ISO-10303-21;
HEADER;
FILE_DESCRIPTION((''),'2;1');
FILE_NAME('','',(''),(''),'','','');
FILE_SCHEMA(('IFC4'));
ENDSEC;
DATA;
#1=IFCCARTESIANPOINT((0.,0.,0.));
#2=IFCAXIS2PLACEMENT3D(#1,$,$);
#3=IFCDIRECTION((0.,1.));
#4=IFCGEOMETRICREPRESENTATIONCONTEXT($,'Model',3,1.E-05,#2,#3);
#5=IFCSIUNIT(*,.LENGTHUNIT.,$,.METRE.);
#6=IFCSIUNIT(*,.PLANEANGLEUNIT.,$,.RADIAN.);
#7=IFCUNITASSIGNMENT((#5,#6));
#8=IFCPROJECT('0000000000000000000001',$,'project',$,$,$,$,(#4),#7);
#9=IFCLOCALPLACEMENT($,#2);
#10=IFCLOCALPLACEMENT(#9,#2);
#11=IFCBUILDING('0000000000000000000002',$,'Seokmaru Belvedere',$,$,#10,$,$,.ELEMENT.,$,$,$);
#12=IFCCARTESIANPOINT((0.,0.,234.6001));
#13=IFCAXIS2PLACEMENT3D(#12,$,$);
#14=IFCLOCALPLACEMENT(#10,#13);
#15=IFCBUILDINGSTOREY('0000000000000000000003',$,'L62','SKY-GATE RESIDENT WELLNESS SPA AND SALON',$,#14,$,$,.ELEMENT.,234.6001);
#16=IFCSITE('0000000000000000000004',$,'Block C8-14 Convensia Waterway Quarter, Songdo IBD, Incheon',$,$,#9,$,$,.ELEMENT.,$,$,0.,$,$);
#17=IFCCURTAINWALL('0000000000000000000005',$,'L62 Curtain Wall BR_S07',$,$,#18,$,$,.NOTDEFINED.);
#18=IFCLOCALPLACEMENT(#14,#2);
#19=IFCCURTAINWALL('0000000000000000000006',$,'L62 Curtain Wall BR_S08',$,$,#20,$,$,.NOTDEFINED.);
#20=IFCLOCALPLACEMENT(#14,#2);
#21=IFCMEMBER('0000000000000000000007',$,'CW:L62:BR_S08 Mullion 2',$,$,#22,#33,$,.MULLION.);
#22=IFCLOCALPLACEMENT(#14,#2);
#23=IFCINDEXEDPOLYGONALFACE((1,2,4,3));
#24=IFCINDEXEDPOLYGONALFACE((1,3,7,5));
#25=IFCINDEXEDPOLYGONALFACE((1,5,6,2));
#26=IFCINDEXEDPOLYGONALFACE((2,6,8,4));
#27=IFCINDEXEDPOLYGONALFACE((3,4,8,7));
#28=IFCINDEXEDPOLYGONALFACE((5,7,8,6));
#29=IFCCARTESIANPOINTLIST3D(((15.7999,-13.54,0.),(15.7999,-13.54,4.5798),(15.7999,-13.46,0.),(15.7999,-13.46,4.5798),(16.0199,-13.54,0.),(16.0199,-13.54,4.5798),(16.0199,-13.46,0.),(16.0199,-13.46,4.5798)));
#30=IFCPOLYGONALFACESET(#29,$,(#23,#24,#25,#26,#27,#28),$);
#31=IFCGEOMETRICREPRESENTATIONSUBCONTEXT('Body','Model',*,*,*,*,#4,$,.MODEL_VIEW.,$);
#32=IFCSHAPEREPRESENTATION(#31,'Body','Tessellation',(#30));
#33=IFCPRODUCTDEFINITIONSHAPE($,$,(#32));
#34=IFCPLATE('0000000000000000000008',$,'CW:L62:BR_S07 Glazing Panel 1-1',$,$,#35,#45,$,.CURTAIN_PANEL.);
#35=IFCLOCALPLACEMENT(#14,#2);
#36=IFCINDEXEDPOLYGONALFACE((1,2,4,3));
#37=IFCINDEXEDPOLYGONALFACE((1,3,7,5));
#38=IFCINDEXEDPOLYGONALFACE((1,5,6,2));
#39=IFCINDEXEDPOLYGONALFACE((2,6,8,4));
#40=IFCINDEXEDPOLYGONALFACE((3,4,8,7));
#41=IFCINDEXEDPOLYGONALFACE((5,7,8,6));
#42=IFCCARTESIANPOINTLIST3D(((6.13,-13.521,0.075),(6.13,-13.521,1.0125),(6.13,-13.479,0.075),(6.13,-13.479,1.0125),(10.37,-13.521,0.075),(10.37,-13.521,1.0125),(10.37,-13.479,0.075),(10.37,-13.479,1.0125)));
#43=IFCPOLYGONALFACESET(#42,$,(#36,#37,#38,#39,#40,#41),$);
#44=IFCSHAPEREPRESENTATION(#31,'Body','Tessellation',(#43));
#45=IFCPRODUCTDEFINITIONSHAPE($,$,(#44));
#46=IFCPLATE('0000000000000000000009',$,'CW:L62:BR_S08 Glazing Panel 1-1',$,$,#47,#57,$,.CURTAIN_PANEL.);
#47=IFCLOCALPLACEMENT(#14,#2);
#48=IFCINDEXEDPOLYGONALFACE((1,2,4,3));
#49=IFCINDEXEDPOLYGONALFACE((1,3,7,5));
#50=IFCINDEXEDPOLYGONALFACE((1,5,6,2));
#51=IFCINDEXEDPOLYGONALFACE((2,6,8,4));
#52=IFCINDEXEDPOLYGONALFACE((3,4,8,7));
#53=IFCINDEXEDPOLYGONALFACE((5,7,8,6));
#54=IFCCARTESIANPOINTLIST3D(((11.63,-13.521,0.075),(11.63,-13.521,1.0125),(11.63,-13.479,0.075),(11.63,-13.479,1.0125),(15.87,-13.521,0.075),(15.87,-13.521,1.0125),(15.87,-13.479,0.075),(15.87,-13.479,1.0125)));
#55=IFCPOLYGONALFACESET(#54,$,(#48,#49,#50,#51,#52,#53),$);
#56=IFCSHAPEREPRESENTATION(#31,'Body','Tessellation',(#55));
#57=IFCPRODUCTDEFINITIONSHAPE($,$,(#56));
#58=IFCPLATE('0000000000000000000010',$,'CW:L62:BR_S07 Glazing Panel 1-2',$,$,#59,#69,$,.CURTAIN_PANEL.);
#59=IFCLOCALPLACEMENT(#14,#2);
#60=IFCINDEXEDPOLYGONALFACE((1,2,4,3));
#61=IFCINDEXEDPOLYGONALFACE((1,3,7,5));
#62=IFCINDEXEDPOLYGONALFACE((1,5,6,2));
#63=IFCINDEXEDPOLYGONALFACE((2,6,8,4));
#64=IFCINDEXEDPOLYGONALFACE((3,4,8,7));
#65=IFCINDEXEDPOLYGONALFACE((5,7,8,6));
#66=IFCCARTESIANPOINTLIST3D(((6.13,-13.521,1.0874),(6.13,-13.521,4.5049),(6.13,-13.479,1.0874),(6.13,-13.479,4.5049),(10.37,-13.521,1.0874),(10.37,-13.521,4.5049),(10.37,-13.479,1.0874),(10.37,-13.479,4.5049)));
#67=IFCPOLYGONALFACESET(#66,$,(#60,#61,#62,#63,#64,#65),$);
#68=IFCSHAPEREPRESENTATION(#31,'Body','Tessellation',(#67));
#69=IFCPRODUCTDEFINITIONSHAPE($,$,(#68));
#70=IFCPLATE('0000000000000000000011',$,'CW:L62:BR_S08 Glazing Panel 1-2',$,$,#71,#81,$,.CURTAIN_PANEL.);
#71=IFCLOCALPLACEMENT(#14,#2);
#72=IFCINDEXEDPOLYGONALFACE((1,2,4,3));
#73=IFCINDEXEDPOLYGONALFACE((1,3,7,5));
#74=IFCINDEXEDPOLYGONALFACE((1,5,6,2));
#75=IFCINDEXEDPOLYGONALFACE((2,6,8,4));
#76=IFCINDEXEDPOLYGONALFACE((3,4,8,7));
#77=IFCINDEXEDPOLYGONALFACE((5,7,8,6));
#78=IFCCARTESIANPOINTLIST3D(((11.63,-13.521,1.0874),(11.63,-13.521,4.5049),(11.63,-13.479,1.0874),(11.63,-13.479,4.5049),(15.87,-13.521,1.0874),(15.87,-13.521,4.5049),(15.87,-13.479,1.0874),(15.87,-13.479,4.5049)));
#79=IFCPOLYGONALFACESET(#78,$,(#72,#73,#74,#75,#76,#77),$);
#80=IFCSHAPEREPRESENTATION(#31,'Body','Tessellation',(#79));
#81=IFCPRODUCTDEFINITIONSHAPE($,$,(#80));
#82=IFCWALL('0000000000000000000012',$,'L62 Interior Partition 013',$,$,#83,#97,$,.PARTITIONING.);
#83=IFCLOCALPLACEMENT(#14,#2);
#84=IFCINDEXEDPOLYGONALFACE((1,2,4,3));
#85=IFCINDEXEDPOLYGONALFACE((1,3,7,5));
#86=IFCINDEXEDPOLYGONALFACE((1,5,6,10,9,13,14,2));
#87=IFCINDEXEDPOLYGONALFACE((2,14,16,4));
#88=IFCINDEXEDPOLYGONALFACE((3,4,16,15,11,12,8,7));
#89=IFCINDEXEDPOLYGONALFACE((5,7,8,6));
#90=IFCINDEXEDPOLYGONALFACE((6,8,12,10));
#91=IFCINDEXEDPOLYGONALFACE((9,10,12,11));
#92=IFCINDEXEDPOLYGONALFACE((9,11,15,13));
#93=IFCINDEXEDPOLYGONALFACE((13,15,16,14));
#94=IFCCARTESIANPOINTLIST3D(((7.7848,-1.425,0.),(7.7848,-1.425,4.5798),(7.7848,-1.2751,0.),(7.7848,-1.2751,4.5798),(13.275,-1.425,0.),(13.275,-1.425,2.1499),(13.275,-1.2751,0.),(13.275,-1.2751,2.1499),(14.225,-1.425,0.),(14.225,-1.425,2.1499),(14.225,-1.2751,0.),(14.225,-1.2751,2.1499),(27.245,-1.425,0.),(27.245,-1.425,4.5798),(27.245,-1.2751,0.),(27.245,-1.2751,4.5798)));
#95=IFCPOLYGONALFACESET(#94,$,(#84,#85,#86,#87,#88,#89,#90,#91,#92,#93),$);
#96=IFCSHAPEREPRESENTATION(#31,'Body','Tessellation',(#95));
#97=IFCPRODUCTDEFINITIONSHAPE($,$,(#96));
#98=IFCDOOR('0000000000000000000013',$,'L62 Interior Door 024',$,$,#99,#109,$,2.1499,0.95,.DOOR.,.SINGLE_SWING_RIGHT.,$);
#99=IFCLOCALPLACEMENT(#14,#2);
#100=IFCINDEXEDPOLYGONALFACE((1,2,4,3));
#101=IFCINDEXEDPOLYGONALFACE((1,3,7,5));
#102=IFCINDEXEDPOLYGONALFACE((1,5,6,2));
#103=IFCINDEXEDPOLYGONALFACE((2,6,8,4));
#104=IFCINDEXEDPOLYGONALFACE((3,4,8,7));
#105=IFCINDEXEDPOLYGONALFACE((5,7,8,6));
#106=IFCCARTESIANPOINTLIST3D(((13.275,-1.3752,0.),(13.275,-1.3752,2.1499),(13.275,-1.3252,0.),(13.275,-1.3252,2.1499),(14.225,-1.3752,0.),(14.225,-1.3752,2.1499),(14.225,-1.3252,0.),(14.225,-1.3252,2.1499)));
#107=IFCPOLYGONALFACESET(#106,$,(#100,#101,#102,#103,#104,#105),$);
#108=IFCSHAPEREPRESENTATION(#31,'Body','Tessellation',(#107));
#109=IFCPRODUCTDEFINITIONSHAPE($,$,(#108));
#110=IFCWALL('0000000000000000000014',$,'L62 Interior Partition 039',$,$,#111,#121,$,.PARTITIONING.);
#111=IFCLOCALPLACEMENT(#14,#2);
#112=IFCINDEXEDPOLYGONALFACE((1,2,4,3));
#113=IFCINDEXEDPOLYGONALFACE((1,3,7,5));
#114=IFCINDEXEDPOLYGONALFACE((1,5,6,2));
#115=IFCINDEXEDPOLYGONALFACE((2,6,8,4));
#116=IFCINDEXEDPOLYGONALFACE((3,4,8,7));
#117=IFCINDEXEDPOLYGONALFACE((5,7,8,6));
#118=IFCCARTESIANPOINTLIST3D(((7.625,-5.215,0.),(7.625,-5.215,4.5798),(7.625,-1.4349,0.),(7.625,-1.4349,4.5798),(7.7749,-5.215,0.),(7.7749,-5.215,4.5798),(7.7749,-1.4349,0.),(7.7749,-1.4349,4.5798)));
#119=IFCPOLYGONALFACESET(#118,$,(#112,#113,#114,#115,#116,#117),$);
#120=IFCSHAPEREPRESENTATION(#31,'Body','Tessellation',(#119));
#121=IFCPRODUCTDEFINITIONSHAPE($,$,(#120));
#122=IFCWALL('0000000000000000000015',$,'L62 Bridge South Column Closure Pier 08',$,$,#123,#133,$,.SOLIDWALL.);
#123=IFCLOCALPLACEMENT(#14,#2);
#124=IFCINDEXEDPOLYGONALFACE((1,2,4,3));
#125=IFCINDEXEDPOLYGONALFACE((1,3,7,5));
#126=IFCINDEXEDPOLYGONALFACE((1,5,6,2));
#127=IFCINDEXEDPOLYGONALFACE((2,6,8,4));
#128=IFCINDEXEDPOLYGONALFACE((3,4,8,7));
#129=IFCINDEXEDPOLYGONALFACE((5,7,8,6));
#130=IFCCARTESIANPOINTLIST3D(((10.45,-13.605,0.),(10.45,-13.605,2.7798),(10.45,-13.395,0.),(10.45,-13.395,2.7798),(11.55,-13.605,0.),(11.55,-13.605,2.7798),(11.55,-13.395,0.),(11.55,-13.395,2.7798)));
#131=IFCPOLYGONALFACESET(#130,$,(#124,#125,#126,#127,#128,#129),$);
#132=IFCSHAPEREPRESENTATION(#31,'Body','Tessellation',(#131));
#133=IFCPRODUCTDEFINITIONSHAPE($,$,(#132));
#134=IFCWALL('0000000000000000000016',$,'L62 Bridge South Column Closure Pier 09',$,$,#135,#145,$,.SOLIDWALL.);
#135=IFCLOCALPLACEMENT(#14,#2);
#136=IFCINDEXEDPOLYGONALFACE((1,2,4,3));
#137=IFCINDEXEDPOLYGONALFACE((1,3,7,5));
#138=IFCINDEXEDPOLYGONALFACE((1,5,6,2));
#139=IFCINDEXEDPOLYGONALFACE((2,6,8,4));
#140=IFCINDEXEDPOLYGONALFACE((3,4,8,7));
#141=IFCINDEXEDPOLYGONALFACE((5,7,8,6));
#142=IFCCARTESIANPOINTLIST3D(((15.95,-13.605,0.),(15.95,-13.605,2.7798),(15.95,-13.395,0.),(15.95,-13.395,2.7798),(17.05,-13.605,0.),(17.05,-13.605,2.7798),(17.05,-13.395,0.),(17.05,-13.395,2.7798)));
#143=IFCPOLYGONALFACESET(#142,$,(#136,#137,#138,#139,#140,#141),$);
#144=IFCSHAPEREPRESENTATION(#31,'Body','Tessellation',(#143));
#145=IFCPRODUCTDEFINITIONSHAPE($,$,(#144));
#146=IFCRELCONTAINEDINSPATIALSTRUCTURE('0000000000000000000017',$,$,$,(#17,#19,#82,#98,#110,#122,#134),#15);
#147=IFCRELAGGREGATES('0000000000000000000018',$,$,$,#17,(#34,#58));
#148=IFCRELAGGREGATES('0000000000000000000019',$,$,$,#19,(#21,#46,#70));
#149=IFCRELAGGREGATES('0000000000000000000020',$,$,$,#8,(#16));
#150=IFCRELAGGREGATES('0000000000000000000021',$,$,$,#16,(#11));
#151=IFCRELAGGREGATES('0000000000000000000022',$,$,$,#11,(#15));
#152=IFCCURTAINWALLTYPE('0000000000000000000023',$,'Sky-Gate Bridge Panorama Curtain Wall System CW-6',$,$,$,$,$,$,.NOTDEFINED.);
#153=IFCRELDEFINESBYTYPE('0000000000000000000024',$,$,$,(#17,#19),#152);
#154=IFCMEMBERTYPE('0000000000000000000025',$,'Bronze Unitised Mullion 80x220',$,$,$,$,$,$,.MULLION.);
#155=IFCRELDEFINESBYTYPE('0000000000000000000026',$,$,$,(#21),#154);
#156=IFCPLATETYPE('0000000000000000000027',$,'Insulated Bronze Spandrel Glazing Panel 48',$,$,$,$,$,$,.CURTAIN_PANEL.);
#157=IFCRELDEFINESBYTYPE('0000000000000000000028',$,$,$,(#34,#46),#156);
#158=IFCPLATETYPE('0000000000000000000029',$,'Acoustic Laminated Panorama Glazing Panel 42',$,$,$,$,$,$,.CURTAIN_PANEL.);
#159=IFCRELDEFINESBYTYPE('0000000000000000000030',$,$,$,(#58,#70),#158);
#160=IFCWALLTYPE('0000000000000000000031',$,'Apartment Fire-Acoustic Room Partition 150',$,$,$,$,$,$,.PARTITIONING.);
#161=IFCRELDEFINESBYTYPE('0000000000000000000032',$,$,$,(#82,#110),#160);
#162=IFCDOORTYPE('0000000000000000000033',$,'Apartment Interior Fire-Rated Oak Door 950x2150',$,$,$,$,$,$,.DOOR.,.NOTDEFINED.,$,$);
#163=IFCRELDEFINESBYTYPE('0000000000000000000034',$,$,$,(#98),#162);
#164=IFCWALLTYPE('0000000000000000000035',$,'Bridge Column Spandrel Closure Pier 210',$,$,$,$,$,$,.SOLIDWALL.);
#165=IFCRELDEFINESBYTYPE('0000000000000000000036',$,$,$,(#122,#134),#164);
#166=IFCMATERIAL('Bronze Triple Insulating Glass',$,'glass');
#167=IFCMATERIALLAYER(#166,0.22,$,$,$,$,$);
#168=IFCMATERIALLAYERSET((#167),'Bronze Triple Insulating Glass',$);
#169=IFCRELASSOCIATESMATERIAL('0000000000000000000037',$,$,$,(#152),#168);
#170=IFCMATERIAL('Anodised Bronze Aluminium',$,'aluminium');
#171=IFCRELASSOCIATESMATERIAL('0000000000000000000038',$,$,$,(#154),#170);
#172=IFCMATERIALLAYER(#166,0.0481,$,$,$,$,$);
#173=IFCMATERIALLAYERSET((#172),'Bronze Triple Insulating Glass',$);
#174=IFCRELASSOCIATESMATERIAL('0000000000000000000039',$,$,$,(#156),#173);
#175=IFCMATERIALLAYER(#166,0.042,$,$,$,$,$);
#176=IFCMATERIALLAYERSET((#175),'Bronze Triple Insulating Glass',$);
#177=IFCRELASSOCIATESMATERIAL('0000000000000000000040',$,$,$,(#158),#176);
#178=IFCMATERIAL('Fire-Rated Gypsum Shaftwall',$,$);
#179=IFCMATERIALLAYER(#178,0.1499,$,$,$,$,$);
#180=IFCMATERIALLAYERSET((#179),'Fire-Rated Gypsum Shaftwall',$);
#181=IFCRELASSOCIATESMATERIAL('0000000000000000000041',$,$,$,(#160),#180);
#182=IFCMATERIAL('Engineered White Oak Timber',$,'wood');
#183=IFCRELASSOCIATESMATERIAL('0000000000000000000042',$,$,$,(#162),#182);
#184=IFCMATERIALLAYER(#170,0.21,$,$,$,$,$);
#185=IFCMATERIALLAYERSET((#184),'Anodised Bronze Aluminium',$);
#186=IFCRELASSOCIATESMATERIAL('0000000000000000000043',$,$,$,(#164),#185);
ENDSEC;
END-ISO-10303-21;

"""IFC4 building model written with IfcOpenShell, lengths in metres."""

from ifc_helpers import new_model, si_unit, direction, frame, frame_2d, origin, origin_2d, place, context, subcontext, project, spatial, rectangle, extrude, source, transform, mapped, material, layer, layer_set, material_profile, profile_set, type_object, type_shapes, element, fill, aggregate, save


model = new_model("IFC4")

# Units and contexts
model_context = context("Model", 3, precision=1e-05, world=origin(), true_north=direction((0.0, 1.0)))
body_context = subcontext(model_context, "Body", "Model", "MODEL_VIEW")
ifc_project = project(units=[si_unit("LENGTHUNIT", "METRE"), si_unit("PLANEANGLEUNIT", "RADIAN")], contexts=[model_context])

# Site, building, storey
site_placement = place(None, origin())
site = spatial("IfcSite", under=ifc_project, at=site_placement, Name="Block C8-14 Convensia Waterway Quarter, Songdo IBD, Incheon", CompositionType="ELEMENT", RefElevation=0.0)
building_placement = place(site_placement, origin())
building = spatial("IfcBuilding", under=site, at=building_placement, Name="Seokmaru Belvedere", CompositionType="ELEMENT")
storey_placement = place(building_placement, frame((0.0, 0.0, 234.6001)))
storey = spatial("IfcBuildingStorey", under=building, at=storey_placement, Name="L62", Description="SKY-GATE RESIDENT WELLNESS SPA AND SALON", CompositionType="ELEMENT", Elevation=234.6001)

# Curtain wall
ifc_material_1 = material(Name="Bronze Triple Insulating Glass", Category="glass")
ifc_layer_1 = layer(ifc_material_1, 0.22)
ifc_layer_set_1 = layer_set([ifc_layer_1], Name="Bronze Triple Insulating Glass")
curtain_wall_type = type_object("IfcCurtainWallType", Name="Sky-Gate Bridge Panorama Curtain Wall System CW-6", PredefinedType="NOTDEFINED", material=ifc_layer_set_1)
curtain_wall_1_placement = place(storey_placement, origin())
curtain_wall_1 = element("IfcCurtainWall", 1, at=curtain_wall_1_placement, inside=storey, type_object=curtain_wall_type, Name="L62 Curtain Wall BR_S07", PredefinedType="NOTDEFINED")
ifc_material_2 = material(Name="Anodised Bronze Aluminium", Category="aluminium")

# Curtain wall
curtain_wall_2_placement = place(storey_placement, origin())
curtain_wall_2 = element("IfcCurtainWall", 2, at=curtain_wall_2_placement, inside=storey, type_object=curtain_wall_type, Name="L62 Curtain Wall BR_S08", PredefinedType="NOTDEFINED")

# Member
ifc_material_profile_1 = material_profile(ifc_material_2, rectangle(XDim=0.0801, YDim=0.22, at=origin_2d()), Name="CW-M-80x220")
ifc_profile_set_1 = profile_set([ifc_material_profile_1], Name="Anodised Bronze Aluminium")
member_type_1 = type_object("IfcMemberType", Name="Bronze Unitised Mullion 80x220", PredefinedType="MULLION", material=ifc_profile_set_1)
shared_shape_1 = source(origin(), body_context, "Body", "SweptSolid", [
    extrude(rectangle(XDim=0.0801, YDim=0.22, at=origin_2d()), origin(), (0.0, 0.0, 1.0), 4.5798),
])
type_shapes(member_type_1, [shared_shape_1])
member_1_placement = place(storey_placement, frame((15.9099, -13.5, 0.0), z_axis=(0.0, 0.0, 1.0), x_axis=(0.0, 1.0, 0.0)))
member_1 = element("IfcMember", 3, at=member_1_placement, type_object=member_type_1, Name="CW:L62:BR_S08 Mullion 2", PredefinedType="MULLION", context=body_context, shape_type="MappedRepresentation", body=[
    mapped(shared_shape_1, transform((0.0, 0.0, 0.0), scale=1.0)),
])

# Plates
ifc_layer_2 = layer(ifc_material_1, 0.0481)
ifc_layer_set_2 = layer_set([ifc_layer_2], Name="Bronze Triple Insulating Glass")
plate_type_1 = type_object("IfcPlateType", Name="Insulated Bronze Spandrel Glazing Panel 48", PredefinedType="CURTAIN_PANEL", material=ifc_layer_set_2)
shared_shape_2 = source(origin(), body_context, "Body", "SweptSolid", [
    extrude(rectangle(XDim=4.24, YDim=0.042, at=origin_2d()), origin(), (0.0, 0.0, 1.0), 0.9375),
])
type_shapes(plate_type_1, [shared_shape_2])
plate_1_placement = place(storey_placement, frame((8.25, -13.5, 0.075), z_axis=(0.0, 0.0, 1.0), x_axis=(1.0, 0.0, 0.0)))
plate_1 = element("IfcPlate", 4, at=plate_1_placement, type_object=plate_type_1, Name="CW:L62:BR_S07 Glazing Panel 1-1", PredefinedType="CURTAIN_PANEL", context=body_context, shape_type="MappedRepresentation", body=[
    mapped(shared_shape_2, transform((0.0, 0.0, 0.0), scale=1.0)),
])
plate_2_placement = place(storey_placement, frame((13.75, -13.5, 0.075), z_axis=(0.0, 0.0, 1.0), x_axis=(1.0, 0.0, 0.0)))
plate_2 = element("IfcPlate", 5, at=plate_2_placement, type_object=plate_type_1, Name="CW:L62:BR_S08 Glazing Panel 1-1", PredefinedType="CURTAIN_PANEL", context=body_context, shape_type="MappedRepresentation", body=[
    mapped(shared_shape_2, transform((0.0, 0.0, 0.0), scale=1.0)),
])
ifc_layer_3 = layer(ifc_material_1, 0.042)
ifc_layer_set_3 = layer_set([ifc_layer_3], Name="Bronze Triple Insulating Glass")
plate_type_2 = type_object("IfcPlateType", Name="Acoustic Laminated Panorama Glazing Panel 42", PredefinedType="CURTAIN_PANEL", material=ifc_layer_set_3)
shared_shape_3 = source(origin(), body_context, "Body", "SweptSolid", [
    extrude(rectangle(XDim=4.24, YDim=0.042, at=origin_2d()), origin(), (0.0, 0.0, 1.0), 3.4175),
])
type_shapes(plate_type_2, [shared_shape_3])
plate_3_placement = place(storey_placement, frame((8.25, -13.5, 1.0874), z_axis=(0.0, 0.0, 1.0), x_axis=(1.0, 0.0, 0.0)))
plate_3 = element("IfcPlate", 6, at=plate_3_placement, type_object=plate_type_2, Name="CW:L62:BR_S07 Glazing Panel 1-2", PredefinedType="CURTAIN_PANEL", context=body_context, shape_type="MappedRepresentation", body=[
    mapped(shared_shape_3, transform((0.0, 0.0, 0.0), scale=1.0)),
])
aggregate(curtain_wall_1, [plate_1, plate_3])
plate_4_placement = place(storey_placement, frame((13.75, -13.5, 1.0874), z_axis=(0.0, 0.0, 1.0), x_axis=(1.0, 0.0, 0.0)))
plate_4 = element("IfcPlate", 7, at=plate_4_placement, type_object=plate_type_2, Name="CW:L62:BR_S08 Glazing Panel 1-2", PredefinedType="CURTAIN_PANEL", context=body_context, shape_type="MappedRepresentation", body=[
    mapped(shared_shape_3, transform((0.0, 0.0, 0.0), scale=1.0)),
])
aggregate(curtain_wall_2, [member_1, plate_2, plate_4])

# Wall, opening, door
ifc_material_3 = material(Name="Fire-Rated Gypsum Shaftwall")
ifc_layer_4 = layer(ifc_material_3, 0.1499)
ifc_layer_set_4 = layer_set([ifc_layer_4], Name="Fire-Rated Gypsum Shaftwall")
wall_type_1 = type_object("IfcWallType", Name="Apartment Fire-Acoustic Room Partition 150", PredefinedType="PARTITIONING", material=ifc_layer_set_4)
wall_1_placement = place(storey_placement, frame((7.7849, -1.3501, 0.0), z_axis=(0.0, 0.0, 1.0), x_axis=(1.0, 0.0, 0.0)))
wall_1 = element("IfcWall", 8, at=wall_1_placement, inside=storey, type_object=wall_type_1, Name="L62 Interior Partition 013", PredefinedType="PARTITIONING", context=body_context, shape_type="SweptSolid", body=[
    extrude(rectangle(XDim=19.4602, YDim=0.1499, at=frame_2d((9.73, 0.0))), origin(), (0.0, 0.0, 1.0), 4.5798),
])
opening_placement = place(wall_1_placement, frame((5.49, 0.0, 0.0)))
opening = element("IfcOpeningElement", 9, at=opening_placement, cuts=wall_1, PredefinedType="OPENING", context=body_context, shape_type="SweptSolid", body=[
    extrude(rectangle(XDim=0.95, YDim=2.1499, at=frame_2d((0.4751, 1.075))), frame((0.0, 0.085, 0.0), z_axis=(0.0, -1.0, 0.0), x_axis=(1.0, 0.0, 0.0)), (0.0, 0.0, 1.0), 0.1699),
])
ifc_material_4 = material(Name="Engineered White Oak Timber", Category="wood")
door_type = type_object("IfcDoorType", Name="Apartment Interior Fire-Rated Oak Door 950x2150", OperationType="NOTDEFINED", PredefinedType="DOOR", material=ifc_material_4)
shared_shape_4 = source(origin(), body_context, "Body", "SweptSolid", [
    extrude(rectangle(XDim=0.95, YDim=2.1499, at=frame_2d((0.4751, 1.075))), frame((0.0, 0.0249, 0.0), z_axis=(0.0, -1.0, 0.0), x_axis=(1.0, 0.0, 0.0)), (0.0, 0.0, 1.0), 0.05),
])
type_shapes(door_type, [shared_shape_4])
door_placement = place(opening_placement, origin())
door = element("IfcDoor", 10, at=door_placement, inside=storey, type_object=door_type, Name="L62 Interior Door 024", OperationType="SINGLE_SWING_RIGHT", OverallHeight=2.1499, OverallWidth=0.95, PredefinedType="DOOR", context=body_context, shape_type="MappedRepresentation", body=[
    mapped(shared_shape_4, transform((0.0, 0.0, 0.0), scale=1.0)),
])
fill(opening, door)

# Walls
wall_2_placement = place(storey_placement, frame((7.7, -5.2151, 0.0), z_axis=(0.0, 0.0, 1.0), x_axis=(0.0, 1.0, 0.0)))
element("IfcWall", 11, at=wall_2_placement, inside=storey, type_object=wall_type_1, Name="L62 Interior Partition 039", PredefinedType="PARTITIONING", context=body_context, shape_type="SweptSolid", body=[
    extrude(rectangle(XDim=3.78, YDim=0.1499, at=frame_2d((1.8901, 0.0))), origin(), (0.0, 0.0, 1.0), 4.5798),
])
ifc_layer_5 = layer(ifc_material_2, 0.21)
ifc_layer_set_5 = layer_set([ifc_layer_5], Name="Anodised Bronze Aluminium")
wall_type_2 = type_object("IfcWallType", Name="Bridge Column Spandrel Closure Pier 210", PredefinedType="SOLIDWALL", material=ifc_layer_set_5)
for number, where, z_axis, x_axis, name in (
    (12, (10.45, -13.5, 0.0), (0.0, 0.0, 1.0), (1.0, 0.0, 0.0), "L62 Bridge South Column Closure Pier 08"),
    (13, (15.95, -13.5, 0.0), (0.0, 0.0, 1.0), (1.0, 0.0, 0.0), "L62 Bridge South Column Closure Pier 09"),
):
    element("IfcWall", number, at=place(storey_placement, frame(where, z_axis=z_axis, x_axis=x_axis)), inside=storey, type_object=wall_type_2, Name=name, PredefinedType="SOLIDWALL", context=body_context, shape_type="SweptSolid", body=[
        extrude(rectangle(XDim=1.1001, YDim=0.21, at=frame_2d((0.55, 0.0))), origin(), (0.0, 0.0, 1.0), 2.7798),
    ])

save(model, "model.ifc")
